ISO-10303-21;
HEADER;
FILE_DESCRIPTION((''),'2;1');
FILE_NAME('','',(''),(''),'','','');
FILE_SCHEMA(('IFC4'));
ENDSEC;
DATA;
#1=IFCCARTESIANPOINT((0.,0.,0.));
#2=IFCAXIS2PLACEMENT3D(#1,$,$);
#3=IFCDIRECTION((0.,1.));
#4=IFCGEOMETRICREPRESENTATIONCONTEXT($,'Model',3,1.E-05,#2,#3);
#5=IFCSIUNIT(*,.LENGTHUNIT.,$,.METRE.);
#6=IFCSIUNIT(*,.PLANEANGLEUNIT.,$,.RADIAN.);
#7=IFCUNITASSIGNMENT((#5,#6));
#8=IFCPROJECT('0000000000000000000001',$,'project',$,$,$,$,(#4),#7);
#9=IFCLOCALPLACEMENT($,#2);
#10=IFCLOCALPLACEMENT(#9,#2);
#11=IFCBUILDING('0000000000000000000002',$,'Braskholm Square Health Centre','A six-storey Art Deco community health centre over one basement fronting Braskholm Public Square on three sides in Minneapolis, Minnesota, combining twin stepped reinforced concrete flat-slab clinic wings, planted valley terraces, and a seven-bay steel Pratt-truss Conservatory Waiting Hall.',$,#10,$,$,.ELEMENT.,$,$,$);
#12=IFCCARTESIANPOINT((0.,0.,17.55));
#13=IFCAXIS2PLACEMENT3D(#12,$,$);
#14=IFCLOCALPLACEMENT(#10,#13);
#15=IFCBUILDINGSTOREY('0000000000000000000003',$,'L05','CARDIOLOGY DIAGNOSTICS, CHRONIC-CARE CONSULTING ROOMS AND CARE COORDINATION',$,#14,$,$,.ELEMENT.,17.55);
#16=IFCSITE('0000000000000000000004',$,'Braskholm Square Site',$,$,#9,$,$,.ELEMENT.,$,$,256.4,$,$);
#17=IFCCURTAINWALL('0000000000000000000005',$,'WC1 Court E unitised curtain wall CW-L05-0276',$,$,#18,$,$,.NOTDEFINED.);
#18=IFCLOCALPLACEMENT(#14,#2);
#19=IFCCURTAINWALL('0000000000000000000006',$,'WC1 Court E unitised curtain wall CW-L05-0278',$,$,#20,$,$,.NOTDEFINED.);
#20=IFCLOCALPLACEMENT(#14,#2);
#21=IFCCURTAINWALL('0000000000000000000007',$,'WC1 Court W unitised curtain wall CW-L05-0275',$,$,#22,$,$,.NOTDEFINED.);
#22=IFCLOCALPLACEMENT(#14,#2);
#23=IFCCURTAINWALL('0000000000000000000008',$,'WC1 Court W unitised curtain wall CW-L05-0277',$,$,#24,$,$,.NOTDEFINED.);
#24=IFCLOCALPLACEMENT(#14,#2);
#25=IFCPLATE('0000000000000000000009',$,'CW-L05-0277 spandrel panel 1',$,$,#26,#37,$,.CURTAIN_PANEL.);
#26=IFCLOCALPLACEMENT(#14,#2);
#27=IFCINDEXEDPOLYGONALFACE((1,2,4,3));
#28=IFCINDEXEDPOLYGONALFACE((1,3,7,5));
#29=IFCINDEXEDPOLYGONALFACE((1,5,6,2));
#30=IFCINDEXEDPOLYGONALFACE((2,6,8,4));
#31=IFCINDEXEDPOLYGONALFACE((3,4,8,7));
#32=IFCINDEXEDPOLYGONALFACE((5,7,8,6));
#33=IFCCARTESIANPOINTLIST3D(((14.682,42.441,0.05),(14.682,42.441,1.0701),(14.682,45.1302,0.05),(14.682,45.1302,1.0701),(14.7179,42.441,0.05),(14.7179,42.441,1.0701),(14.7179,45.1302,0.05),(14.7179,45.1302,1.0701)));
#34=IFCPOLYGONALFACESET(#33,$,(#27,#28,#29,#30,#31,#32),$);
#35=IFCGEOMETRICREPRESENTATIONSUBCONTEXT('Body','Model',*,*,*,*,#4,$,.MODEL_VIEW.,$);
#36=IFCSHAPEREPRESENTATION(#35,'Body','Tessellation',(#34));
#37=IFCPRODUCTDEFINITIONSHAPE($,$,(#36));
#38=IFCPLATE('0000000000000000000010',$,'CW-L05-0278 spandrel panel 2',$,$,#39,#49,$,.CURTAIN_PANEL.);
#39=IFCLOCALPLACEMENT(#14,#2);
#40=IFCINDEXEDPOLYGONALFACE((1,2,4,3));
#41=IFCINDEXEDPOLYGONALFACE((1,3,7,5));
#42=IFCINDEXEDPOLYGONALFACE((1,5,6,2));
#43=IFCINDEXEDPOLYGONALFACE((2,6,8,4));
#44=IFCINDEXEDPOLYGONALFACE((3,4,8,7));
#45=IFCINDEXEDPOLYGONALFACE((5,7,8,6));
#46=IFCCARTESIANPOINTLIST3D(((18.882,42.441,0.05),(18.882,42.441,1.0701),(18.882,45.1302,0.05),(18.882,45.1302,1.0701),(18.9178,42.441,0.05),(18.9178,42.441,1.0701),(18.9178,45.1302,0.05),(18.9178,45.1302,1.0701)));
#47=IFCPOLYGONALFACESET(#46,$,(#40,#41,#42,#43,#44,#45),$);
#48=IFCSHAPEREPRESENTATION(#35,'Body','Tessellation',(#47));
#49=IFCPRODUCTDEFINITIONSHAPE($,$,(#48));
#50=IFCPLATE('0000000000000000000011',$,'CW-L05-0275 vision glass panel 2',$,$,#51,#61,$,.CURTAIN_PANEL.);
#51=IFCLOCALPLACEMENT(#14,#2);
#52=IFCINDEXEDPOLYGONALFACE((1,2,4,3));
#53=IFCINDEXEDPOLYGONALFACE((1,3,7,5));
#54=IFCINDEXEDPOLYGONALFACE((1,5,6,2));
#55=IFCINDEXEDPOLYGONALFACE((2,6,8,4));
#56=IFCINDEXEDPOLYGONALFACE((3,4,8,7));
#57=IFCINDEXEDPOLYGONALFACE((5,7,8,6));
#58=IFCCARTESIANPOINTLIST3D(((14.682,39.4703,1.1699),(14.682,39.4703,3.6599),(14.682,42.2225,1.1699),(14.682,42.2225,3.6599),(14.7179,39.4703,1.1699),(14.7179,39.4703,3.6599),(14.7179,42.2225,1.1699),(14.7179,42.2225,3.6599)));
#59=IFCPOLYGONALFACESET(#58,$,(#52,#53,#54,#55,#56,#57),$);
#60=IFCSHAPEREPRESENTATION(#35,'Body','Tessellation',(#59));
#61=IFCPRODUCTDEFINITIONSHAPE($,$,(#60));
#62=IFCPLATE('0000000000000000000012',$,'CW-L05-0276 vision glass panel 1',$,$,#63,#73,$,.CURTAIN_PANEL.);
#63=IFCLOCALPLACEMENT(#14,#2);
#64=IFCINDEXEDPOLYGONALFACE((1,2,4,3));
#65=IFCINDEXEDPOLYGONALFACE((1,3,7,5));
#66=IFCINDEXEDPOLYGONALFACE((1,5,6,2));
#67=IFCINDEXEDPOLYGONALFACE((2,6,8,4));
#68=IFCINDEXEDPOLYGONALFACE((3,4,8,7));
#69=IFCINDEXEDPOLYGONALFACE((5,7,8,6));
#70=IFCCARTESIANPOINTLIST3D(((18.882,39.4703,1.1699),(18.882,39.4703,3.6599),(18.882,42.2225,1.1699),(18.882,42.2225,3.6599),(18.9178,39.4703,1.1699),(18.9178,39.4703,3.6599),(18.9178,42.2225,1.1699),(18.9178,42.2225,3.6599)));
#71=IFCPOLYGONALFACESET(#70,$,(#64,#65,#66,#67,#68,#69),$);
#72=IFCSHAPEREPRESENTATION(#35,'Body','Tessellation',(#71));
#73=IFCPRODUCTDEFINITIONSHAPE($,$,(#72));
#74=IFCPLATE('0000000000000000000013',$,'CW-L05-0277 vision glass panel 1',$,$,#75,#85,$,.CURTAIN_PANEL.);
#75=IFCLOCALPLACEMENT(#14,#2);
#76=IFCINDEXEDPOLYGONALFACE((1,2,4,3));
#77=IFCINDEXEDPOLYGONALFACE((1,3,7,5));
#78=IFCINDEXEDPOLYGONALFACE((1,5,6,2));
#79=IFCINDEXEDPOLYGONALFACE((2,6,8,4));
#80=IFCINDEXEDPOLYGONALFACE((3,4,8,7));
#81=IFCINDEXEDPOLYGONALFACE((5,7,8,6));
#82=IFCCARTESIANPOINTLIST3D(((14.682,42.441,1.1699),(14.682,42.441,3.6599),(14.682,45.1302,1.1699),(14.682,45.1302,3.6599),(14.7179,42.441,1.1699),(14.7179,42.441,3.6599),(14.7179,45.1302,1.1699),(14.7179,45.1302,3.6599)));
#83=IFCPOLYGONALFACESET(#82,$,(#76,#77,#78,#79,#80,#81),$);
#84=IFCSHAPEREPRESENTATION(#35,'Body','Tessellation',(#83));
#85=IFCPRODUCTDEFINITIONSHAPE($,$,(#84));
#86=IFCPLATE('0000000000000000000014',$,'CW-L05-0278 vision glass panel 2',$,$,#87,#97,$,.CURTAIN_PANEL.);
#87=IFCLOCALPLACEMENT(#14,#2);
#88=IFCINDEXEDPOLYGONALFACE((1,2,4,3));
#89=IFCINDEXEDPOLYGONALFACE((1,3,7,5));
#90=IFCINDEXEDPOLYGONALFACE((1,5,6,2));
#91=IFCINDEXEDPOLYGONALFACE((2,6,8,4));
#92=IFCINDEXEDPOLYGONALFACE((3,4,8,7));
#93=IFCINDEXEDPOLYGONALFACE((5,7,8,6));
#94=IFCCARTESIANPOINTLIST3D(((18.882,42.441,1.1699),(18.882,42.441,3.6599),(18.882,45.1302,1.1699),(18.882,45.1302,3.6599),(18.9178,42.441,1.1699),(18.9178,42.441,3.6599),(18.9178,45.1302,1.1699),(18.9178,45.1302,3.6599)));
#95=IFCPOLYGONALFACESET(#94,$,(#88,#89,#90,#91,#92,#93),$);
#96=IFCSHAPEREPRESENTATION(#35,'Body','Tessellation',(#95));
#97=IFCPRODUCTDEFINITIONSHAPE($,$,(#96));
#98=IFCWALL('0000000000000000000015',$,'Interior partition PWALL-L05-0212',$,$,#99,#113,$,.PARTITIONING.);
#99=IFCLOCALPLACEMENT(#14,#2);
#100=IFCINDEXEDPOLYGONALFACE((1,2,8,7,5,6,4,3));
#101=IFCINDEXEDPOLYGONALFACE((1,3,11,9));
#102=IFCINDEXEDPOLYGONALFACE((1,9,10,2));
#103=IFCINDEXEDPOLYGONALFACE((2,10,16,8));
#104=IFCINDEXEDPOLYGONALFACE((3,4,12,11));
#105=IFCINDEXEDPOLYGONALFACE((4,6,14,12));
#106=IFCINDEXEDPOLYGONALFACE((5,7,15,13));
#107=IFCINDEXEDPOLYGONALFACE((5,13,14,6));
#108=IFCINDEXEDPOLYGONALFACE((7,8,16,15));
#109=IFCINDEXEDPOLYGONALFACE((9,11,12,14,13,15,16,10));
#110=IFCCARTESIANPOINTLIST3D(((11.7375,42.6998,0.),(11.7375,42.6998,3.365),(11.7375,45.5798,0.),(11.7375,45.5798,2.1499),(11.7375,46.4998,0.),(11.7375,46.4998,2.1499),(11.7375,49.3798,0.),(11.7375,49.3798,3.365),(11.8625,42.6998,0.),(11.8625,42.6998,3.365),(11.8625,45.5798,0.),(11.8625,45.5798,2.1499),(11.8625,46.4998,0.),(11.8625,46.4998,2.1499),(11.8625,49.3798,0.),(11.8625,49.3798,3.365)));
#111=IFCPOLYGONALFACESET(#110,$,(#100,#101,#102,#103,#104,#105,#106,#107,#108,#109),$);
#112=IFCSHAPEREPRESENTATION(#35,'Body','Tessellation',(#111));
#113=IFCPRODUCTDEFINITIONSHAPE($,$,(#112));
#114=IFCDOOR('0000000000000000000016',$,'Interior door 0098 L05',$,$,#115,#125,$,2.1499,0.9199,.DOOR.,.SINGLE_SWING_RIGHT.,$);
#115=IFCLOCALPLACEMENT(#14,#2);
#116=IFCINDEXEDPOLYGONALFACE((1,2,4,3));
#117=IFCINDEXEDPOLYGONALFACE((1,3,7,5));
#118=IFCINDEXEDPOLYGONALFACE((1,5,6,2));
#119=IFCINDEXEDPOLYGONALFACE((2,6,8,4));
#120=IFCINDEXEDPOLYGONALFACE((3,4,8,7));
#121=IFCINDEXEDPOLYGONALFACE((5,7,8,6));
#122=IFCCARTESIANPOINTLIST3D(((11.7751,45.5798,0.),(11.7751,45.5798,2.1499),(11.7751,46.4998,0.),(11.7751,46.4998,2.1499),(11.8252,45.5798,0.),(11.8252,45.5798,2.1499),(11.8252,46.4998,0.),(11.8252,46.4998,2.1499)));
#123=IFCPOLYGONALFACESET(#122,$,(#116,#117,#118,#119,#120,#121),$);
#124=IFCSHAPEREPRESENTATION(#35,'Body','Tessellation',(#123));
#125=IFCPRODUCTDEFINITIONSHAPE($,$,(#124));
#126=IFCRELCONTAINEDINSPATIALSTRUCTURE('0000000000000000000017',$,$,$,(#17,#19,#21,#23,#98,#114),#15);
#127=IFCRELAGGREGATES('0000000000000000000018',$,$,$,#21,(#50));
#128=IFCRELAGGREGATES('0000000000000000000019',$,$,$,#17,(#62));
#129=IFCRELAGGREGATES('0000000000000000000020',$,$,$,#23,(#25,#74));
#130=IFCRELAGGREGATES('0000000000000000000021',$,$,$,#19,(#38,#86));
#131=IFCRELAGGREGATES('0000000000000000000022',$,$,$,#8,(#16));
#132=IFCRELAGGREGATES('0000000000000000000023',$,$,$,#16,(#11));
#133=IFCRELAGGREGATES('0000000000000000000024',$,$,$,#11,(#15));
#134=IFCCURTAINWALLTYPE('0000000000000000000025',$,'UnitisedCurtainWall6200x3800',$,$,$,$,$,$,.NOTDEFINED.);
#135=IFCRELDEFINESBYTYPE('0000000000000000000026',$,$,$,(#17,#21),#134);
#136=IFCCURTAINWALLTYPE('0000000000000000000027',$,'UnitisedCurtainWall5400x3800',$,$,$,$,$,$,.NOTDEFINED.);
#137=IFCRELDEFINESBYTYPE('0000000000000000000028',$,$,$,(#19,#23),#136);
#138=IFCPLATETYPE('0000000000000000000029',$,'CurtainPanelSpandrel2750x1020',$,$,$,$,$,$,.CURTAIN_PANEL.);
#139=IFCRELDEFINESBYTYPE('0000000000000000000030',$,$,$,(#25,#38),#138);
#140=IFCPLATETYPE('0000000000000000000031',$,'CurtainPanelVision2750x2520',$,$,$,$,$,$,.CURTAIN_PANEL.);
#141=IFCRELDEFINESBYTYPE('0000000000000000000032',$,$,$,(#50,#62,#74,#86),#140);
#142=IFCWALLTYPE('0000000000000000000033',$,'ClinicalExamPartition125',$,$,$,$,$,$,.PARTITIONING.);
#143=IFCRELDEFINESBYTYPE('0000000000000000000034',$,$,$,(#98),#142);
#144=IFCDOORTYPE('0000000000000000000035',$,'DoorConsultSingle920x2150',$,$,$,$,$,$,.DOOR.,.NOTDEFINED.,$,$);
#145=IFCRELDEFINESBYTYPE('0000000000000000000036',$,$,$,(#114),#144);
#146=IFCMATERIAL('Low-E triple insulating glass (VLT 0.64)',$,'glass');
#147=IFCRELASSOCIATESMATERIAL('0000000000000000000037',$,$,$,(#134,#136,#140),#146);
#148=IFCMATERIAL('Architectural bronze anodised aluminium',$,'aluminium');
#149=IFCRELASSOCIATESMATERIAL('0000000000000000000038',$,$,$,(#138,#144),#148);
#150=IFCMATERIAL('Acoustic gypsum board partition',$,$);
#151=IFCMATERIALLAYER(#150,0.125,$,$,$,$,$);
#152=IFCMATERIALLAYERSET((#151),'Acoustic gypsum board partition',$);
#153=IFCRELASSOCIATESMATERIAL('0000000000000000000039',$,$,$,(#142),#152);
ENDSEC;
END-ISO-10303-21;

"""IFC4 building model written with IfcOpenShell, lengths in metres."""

from ifc_helpers import new_model, si_unit, direction, frame, frame_2d, origin, origin_with_axes, origin_2d, place, context, subcontext, project, spatial, rectangle, extrude, material, layer, layer_set, type_object, element, fill, aggregate, save


model = new_model("IFC4")

# Units and contexts
model_context = context("Model", 3, precision=1e-05, world=origin(), true_north=direction((0.0, 1.0)))
body_context = subcontext(model_context, "Body", "Model", "MODEL_VIEW")
ifc_project = project(units=[si_unit("LENGTHUNIT", "METRE"), si_unit("PLANEANGLEUNIT", "RADIAN")], contexts=[model_context])

# Site, building, storey
site_placement = place(None, origin())
site = spatial("IfcSite", under=ifc_project, at=site_placement, Name="Braskholm Square Site", CompositionType="ELEMENT", RefElevation=256.4)
building_placement = place(site_placement, origin())
building = spatial("IfcBuilding", under=site, at=building_placement, Name="Braskholm Square Health Centre", Description="A six-storey Art Deco community health centre over one basement fronting Braskholm Public Square on three sides in Minneapolis, Minnesota, combining twin stepped reinforced concrete flat-slab clinic wings, planted valley terraces, and a seven-bay steel Pratt-truss Conservatory Waiting Hall.", CompositionType="ELEMENT")
storey_placement = place(building_placement, frame((0.0, 0.0, 17.55)))
storey = spatial("IfcBuildingStorey", under=building, at=storey_placement, Name="L05", Description="CARDIOLOGY DIAGNOSTICS, CHRONIC-CARE CONSULTING ROOMS AND CARE COORDINATION", CompositionType="ELEMENT", Elevation=17.55)

# Curtain wall
ifc_material_1 = material(Name="Low-E triple insulating glass (VLT 0.64)", Category="glass")
curtain_wall_type_1 = type_object("IfcCurtainWallType", Name="UnitisedCurtainWall6200x3800", PredefinedType="NOTDEFINED", material=ifc_material_1)
curtain_wall_1_placement = place(storey_placement, origin())
curtain_wall_1 = element("IfcCurtainWall", 1, at=curtain_wall_1_placement, inside=storey, type_object=curtain_wall_type_1, Name="WC1 Court E unitised curtain wall CW-L05-0276", PredefinedType="NOTDEFINED")
ifc_material_2 = material(Name="Architectural bronze anodised aluminium", Category="aluminium")

# Curtain wall
curtain_wall_type_2 = type_object("IfcCurtainWallType", Name="UnitisedCurtainWall5400x3800", PredefinedType="NOTDEFINED", material=ifc_material_1)
curtain_wall_2_placement = place(storey_placement, origin())
curtain_wall_2 = element("IfcCurtainWall", 2, at=curtain_wall_2_placement, inside=storey, type_object=curtain_wall_type_2, Name="WC1 Court E unitised curtain wall CW-L05-0278", PredefinedType="NOTDEFINED")

# Curtain wall
curtain_wall_3_placement = place(storey_placement, origin())
curtain_wall_3 = element("IfcCurtainWall", 3, at=curtain_wall_3_placement, inside=storey, type_object=curtain_wall_type_1, Name="WC1 Court W unitised curtain wall CW-L05-0275", PredefinedType="NOTDEFINED")

# Curtain wall
curtain_wall_4_placement = place(storey_placement, origin())
curtain_wall_4 = element("IfcCurtainWall", 4, at=curtain_wall_4_placement, inside=storey, type_object=curtain_wall_type_2, Name="WC1 Court W unitised curtain wall CW-L05-0277", PredefinedType="NOTDEFINED")

# Plates
plate_type_1 = type_object("IfcPlateType", Name="CurtainPanelSpandrel2750x1020", PredefinedType="CURTAIN_PANEL", material=ifc_material_2)
plate_1_placement = place(storey_placement, frame((14.7, 43.7856, 0.05), z_axis=(0.0, 0.0, 1.0), x_axis=(0.0, 1.0, 0.0)))
plate_1 = element("IfcPlate", 5, at=plate_1_placement, type_object=plate_type_1, Name="CW-L05-0277 spandrel panel 1", PredefinedType="CURTAIN_PANEL", context=body_context, shape_type="SweptSolid", body=[
    extrude(rectangle(XDim=2.6892, YDim=0.0359, at=origin_2d()), origin(), (0.0, 0.0, 1.0), 1.02),
])
plate_2_placement = place(storey_placement, frame((18.8999, 43.7856, 0.05), z_axis=(0.0, 0.0, 1.0), x_axis=(0.0, -1.0, 0.0)))
plate_2 = element("IfcPlate", 6, at=plate_2_placement, type_object=plate_type_1, Name="CW-L05-0278 spandrel panel 2", PredefinedType="CURTAIN_PANEL", context=body_context, shape_type="SweptSolid", body=[
    extrude(rectangle(XDim=2.6892, YDim=0.0359, at=origin_2d()), origin(), (0.0, 0.0, 1.0), 1.02),
])
plate_type_2 = type_object("IfcPlateType", Name="CurtainPanelVision2750x2520", PredefinedType="CURTAIN_PANEL", material=ifc_material_1)
plate_3_placement = place(storey_placement, frame((14.7, 40.8464, 1.1699), z_axis=(0.0, 0.0, 1.0), x_axis=(0.0, 1.0, 0.0)))
plate_3 = element("IfcPlate", 7, at=plate_3_placement, type_object=plate_type_2, Name="CW-L05-0275 vision glass panel 2", PredefinedType="CURTAIN_PANEL", context=body_context, shape_type="SweptSolid", body=[
    extrude(rectangle(XDim=2.7522, YDim=0.0359, at=origin_2d()), origin(), (0.0, 0.0, 1.0), 2.49),
])
aggregate(curtain_wall_3, [plate_3])
plate_4_placement = place(storey_placement, frame((18.8999, 40.8464, 1.1699), z_axis=(0.0, 0.0, 1.0), x_axis=(0.0, -1.0, 0.0)))
plate_4 = element("IfcPlate", 8, at=plate_4_placement, type_object=plate_type_2, Name="CW-L05-0276 vision glass panel 1", PredefinedType="CURTAIN_PANEL", context=body_context, shape_type="SweptSolid", body=[
    extrude(rectangle(XDim=2.7522, YDim=0.0359, at=origin_2d()), origin(), (0.0, 0.0, 1.0), 2.49),
])
aggregate(curtain_wall_1, [plate_4])
plate_5_placement = place(storey_placement, frame((14.7, 43.7856, 1.1699), z_axis=(0.0, 0.0, 1.0), x_axis=(0.0, 1.0, 0.0)))
plate_5 = element("IfcPlate", 9, at=plate_5_placement, type_object=plate_type_2, Name="CW-L05-0277 vision glass panel 1", PredefinedType="CURTAIN_PANEL", context=body_context, shape_type="SweptSolid", body=[
    extrude(rectangle(XDim=2.6892, YDim=0.0359, at=origin_2d()), origin(), (0.0, 0.0, 1.0), 2.49),
])
aggregate(curtain_wall_4, [plate_1, plate_5])
plate_6_placement = place(storey_placement, frame((18.8999, 43.7856, 1.1699), z_axis=(0.0, 0.0, 1.0), x_axis=(0.0, -1.0, 0.0)))
plate_6 = element("IfcPlate", 10, at=plate_6_placement, type_object=plate_type_2, Name="CW-L05-0278 vision glass panel 2", PredefinedType="CURTAIN_PANEL", context=body_context, shape_type="SweptSolid", body=[
    extrude(rectangle(XDim=2.6892, YDim=0.0359, at=origin_2d()), origin(), (0.0, 0.0, 1.0), 2.49),
])
aggregate(curtain_wall_2, [plate_2, plate_6])

# Wall, opening, door
ifc_material_3 = material(Name="Acoustic gypsum board partition")
ifc_layer = layer(ifc_material_3, 0.125)
ifc_layer_set = layer_set([ifc_layer], Name="Acoustic gypsum board partition")
wall_type = type_object("IfcWallType", Name="ClinicalExamPartition125", PredefinedType="PARTITIONING", material=ifc_layer_set)
wall_placement = place(storey_placement, frame((11.8, 42.7, 0.0), z_axis=(0.0, 0.0, 1.0), x_axis=(0.0, 1.0, 0.0)))
wall = element("IfcWall", 11, at=wall_placement, inside=storey, type_object=wall_type, Name="Interior partition PWALL-L05-0212", PredefinedType="PARTITIONING", context=body_context, shape_type="SweptSolid", body=[
    extrude(rectangle(XDim=6.6799, YDim=0.125, at=frame_2d((3.3398, 0.0))), origin(), (0.0, 0.0, 1.0), 3.365),
])
opening_placement = place(wall_placement, frame((2.8799, 0.0, 0.0)))
opening = element("IfcOpeningElement", 12, at=opening_placement, cuts=wall, PredefinedType="OPENING", context=body_context, shape_type="SweptSolid", body=[
    extrude(rectangle(XDim=0.9199, YDim=2.1499, at=frame_2d((0.46, 1.075))), frame((0.0, 0.0725, 0.0), z_axis=(0.0, -1.0, 0.0), x_axis=(1.0, 0.0, 0.0)), (0.0, 0.0, 1.0), 0.145),
])
door_type = type_object("IfcDoorType", Name="DoorConsultSingle920x2150", OperationType="NOTDEFINED", PredefinedType="DOOR", material=ifc_material_2)
door_placement = place(opening_placement, origin_with_axes())
door = element("IfcDoor", 13, at=door_placement, inside=storey, type_object=door_type, Name="Interior door 0098 L05", OperationType="SINGLE_SWING_RIGHT", OverallHeight=2.1499, OverallWidth=0.9199, PredefinedType="DOOR", context=body_context, shape_type="SweptSolid", body=[
    extrude(rectangle(XDim=0.9199, YDim=2.1499, at=frame_2d((0.46, 1.075))), frame((0.0, 0.0249, 0.0), z_axis=(0.0, -1.0, 0.0), x_axis=(1.0, 0.0, 0.0)), (0.0, 0.0, 1.0), 0.05),
])
fill(opening, door)

save(model, "model.ifc")
